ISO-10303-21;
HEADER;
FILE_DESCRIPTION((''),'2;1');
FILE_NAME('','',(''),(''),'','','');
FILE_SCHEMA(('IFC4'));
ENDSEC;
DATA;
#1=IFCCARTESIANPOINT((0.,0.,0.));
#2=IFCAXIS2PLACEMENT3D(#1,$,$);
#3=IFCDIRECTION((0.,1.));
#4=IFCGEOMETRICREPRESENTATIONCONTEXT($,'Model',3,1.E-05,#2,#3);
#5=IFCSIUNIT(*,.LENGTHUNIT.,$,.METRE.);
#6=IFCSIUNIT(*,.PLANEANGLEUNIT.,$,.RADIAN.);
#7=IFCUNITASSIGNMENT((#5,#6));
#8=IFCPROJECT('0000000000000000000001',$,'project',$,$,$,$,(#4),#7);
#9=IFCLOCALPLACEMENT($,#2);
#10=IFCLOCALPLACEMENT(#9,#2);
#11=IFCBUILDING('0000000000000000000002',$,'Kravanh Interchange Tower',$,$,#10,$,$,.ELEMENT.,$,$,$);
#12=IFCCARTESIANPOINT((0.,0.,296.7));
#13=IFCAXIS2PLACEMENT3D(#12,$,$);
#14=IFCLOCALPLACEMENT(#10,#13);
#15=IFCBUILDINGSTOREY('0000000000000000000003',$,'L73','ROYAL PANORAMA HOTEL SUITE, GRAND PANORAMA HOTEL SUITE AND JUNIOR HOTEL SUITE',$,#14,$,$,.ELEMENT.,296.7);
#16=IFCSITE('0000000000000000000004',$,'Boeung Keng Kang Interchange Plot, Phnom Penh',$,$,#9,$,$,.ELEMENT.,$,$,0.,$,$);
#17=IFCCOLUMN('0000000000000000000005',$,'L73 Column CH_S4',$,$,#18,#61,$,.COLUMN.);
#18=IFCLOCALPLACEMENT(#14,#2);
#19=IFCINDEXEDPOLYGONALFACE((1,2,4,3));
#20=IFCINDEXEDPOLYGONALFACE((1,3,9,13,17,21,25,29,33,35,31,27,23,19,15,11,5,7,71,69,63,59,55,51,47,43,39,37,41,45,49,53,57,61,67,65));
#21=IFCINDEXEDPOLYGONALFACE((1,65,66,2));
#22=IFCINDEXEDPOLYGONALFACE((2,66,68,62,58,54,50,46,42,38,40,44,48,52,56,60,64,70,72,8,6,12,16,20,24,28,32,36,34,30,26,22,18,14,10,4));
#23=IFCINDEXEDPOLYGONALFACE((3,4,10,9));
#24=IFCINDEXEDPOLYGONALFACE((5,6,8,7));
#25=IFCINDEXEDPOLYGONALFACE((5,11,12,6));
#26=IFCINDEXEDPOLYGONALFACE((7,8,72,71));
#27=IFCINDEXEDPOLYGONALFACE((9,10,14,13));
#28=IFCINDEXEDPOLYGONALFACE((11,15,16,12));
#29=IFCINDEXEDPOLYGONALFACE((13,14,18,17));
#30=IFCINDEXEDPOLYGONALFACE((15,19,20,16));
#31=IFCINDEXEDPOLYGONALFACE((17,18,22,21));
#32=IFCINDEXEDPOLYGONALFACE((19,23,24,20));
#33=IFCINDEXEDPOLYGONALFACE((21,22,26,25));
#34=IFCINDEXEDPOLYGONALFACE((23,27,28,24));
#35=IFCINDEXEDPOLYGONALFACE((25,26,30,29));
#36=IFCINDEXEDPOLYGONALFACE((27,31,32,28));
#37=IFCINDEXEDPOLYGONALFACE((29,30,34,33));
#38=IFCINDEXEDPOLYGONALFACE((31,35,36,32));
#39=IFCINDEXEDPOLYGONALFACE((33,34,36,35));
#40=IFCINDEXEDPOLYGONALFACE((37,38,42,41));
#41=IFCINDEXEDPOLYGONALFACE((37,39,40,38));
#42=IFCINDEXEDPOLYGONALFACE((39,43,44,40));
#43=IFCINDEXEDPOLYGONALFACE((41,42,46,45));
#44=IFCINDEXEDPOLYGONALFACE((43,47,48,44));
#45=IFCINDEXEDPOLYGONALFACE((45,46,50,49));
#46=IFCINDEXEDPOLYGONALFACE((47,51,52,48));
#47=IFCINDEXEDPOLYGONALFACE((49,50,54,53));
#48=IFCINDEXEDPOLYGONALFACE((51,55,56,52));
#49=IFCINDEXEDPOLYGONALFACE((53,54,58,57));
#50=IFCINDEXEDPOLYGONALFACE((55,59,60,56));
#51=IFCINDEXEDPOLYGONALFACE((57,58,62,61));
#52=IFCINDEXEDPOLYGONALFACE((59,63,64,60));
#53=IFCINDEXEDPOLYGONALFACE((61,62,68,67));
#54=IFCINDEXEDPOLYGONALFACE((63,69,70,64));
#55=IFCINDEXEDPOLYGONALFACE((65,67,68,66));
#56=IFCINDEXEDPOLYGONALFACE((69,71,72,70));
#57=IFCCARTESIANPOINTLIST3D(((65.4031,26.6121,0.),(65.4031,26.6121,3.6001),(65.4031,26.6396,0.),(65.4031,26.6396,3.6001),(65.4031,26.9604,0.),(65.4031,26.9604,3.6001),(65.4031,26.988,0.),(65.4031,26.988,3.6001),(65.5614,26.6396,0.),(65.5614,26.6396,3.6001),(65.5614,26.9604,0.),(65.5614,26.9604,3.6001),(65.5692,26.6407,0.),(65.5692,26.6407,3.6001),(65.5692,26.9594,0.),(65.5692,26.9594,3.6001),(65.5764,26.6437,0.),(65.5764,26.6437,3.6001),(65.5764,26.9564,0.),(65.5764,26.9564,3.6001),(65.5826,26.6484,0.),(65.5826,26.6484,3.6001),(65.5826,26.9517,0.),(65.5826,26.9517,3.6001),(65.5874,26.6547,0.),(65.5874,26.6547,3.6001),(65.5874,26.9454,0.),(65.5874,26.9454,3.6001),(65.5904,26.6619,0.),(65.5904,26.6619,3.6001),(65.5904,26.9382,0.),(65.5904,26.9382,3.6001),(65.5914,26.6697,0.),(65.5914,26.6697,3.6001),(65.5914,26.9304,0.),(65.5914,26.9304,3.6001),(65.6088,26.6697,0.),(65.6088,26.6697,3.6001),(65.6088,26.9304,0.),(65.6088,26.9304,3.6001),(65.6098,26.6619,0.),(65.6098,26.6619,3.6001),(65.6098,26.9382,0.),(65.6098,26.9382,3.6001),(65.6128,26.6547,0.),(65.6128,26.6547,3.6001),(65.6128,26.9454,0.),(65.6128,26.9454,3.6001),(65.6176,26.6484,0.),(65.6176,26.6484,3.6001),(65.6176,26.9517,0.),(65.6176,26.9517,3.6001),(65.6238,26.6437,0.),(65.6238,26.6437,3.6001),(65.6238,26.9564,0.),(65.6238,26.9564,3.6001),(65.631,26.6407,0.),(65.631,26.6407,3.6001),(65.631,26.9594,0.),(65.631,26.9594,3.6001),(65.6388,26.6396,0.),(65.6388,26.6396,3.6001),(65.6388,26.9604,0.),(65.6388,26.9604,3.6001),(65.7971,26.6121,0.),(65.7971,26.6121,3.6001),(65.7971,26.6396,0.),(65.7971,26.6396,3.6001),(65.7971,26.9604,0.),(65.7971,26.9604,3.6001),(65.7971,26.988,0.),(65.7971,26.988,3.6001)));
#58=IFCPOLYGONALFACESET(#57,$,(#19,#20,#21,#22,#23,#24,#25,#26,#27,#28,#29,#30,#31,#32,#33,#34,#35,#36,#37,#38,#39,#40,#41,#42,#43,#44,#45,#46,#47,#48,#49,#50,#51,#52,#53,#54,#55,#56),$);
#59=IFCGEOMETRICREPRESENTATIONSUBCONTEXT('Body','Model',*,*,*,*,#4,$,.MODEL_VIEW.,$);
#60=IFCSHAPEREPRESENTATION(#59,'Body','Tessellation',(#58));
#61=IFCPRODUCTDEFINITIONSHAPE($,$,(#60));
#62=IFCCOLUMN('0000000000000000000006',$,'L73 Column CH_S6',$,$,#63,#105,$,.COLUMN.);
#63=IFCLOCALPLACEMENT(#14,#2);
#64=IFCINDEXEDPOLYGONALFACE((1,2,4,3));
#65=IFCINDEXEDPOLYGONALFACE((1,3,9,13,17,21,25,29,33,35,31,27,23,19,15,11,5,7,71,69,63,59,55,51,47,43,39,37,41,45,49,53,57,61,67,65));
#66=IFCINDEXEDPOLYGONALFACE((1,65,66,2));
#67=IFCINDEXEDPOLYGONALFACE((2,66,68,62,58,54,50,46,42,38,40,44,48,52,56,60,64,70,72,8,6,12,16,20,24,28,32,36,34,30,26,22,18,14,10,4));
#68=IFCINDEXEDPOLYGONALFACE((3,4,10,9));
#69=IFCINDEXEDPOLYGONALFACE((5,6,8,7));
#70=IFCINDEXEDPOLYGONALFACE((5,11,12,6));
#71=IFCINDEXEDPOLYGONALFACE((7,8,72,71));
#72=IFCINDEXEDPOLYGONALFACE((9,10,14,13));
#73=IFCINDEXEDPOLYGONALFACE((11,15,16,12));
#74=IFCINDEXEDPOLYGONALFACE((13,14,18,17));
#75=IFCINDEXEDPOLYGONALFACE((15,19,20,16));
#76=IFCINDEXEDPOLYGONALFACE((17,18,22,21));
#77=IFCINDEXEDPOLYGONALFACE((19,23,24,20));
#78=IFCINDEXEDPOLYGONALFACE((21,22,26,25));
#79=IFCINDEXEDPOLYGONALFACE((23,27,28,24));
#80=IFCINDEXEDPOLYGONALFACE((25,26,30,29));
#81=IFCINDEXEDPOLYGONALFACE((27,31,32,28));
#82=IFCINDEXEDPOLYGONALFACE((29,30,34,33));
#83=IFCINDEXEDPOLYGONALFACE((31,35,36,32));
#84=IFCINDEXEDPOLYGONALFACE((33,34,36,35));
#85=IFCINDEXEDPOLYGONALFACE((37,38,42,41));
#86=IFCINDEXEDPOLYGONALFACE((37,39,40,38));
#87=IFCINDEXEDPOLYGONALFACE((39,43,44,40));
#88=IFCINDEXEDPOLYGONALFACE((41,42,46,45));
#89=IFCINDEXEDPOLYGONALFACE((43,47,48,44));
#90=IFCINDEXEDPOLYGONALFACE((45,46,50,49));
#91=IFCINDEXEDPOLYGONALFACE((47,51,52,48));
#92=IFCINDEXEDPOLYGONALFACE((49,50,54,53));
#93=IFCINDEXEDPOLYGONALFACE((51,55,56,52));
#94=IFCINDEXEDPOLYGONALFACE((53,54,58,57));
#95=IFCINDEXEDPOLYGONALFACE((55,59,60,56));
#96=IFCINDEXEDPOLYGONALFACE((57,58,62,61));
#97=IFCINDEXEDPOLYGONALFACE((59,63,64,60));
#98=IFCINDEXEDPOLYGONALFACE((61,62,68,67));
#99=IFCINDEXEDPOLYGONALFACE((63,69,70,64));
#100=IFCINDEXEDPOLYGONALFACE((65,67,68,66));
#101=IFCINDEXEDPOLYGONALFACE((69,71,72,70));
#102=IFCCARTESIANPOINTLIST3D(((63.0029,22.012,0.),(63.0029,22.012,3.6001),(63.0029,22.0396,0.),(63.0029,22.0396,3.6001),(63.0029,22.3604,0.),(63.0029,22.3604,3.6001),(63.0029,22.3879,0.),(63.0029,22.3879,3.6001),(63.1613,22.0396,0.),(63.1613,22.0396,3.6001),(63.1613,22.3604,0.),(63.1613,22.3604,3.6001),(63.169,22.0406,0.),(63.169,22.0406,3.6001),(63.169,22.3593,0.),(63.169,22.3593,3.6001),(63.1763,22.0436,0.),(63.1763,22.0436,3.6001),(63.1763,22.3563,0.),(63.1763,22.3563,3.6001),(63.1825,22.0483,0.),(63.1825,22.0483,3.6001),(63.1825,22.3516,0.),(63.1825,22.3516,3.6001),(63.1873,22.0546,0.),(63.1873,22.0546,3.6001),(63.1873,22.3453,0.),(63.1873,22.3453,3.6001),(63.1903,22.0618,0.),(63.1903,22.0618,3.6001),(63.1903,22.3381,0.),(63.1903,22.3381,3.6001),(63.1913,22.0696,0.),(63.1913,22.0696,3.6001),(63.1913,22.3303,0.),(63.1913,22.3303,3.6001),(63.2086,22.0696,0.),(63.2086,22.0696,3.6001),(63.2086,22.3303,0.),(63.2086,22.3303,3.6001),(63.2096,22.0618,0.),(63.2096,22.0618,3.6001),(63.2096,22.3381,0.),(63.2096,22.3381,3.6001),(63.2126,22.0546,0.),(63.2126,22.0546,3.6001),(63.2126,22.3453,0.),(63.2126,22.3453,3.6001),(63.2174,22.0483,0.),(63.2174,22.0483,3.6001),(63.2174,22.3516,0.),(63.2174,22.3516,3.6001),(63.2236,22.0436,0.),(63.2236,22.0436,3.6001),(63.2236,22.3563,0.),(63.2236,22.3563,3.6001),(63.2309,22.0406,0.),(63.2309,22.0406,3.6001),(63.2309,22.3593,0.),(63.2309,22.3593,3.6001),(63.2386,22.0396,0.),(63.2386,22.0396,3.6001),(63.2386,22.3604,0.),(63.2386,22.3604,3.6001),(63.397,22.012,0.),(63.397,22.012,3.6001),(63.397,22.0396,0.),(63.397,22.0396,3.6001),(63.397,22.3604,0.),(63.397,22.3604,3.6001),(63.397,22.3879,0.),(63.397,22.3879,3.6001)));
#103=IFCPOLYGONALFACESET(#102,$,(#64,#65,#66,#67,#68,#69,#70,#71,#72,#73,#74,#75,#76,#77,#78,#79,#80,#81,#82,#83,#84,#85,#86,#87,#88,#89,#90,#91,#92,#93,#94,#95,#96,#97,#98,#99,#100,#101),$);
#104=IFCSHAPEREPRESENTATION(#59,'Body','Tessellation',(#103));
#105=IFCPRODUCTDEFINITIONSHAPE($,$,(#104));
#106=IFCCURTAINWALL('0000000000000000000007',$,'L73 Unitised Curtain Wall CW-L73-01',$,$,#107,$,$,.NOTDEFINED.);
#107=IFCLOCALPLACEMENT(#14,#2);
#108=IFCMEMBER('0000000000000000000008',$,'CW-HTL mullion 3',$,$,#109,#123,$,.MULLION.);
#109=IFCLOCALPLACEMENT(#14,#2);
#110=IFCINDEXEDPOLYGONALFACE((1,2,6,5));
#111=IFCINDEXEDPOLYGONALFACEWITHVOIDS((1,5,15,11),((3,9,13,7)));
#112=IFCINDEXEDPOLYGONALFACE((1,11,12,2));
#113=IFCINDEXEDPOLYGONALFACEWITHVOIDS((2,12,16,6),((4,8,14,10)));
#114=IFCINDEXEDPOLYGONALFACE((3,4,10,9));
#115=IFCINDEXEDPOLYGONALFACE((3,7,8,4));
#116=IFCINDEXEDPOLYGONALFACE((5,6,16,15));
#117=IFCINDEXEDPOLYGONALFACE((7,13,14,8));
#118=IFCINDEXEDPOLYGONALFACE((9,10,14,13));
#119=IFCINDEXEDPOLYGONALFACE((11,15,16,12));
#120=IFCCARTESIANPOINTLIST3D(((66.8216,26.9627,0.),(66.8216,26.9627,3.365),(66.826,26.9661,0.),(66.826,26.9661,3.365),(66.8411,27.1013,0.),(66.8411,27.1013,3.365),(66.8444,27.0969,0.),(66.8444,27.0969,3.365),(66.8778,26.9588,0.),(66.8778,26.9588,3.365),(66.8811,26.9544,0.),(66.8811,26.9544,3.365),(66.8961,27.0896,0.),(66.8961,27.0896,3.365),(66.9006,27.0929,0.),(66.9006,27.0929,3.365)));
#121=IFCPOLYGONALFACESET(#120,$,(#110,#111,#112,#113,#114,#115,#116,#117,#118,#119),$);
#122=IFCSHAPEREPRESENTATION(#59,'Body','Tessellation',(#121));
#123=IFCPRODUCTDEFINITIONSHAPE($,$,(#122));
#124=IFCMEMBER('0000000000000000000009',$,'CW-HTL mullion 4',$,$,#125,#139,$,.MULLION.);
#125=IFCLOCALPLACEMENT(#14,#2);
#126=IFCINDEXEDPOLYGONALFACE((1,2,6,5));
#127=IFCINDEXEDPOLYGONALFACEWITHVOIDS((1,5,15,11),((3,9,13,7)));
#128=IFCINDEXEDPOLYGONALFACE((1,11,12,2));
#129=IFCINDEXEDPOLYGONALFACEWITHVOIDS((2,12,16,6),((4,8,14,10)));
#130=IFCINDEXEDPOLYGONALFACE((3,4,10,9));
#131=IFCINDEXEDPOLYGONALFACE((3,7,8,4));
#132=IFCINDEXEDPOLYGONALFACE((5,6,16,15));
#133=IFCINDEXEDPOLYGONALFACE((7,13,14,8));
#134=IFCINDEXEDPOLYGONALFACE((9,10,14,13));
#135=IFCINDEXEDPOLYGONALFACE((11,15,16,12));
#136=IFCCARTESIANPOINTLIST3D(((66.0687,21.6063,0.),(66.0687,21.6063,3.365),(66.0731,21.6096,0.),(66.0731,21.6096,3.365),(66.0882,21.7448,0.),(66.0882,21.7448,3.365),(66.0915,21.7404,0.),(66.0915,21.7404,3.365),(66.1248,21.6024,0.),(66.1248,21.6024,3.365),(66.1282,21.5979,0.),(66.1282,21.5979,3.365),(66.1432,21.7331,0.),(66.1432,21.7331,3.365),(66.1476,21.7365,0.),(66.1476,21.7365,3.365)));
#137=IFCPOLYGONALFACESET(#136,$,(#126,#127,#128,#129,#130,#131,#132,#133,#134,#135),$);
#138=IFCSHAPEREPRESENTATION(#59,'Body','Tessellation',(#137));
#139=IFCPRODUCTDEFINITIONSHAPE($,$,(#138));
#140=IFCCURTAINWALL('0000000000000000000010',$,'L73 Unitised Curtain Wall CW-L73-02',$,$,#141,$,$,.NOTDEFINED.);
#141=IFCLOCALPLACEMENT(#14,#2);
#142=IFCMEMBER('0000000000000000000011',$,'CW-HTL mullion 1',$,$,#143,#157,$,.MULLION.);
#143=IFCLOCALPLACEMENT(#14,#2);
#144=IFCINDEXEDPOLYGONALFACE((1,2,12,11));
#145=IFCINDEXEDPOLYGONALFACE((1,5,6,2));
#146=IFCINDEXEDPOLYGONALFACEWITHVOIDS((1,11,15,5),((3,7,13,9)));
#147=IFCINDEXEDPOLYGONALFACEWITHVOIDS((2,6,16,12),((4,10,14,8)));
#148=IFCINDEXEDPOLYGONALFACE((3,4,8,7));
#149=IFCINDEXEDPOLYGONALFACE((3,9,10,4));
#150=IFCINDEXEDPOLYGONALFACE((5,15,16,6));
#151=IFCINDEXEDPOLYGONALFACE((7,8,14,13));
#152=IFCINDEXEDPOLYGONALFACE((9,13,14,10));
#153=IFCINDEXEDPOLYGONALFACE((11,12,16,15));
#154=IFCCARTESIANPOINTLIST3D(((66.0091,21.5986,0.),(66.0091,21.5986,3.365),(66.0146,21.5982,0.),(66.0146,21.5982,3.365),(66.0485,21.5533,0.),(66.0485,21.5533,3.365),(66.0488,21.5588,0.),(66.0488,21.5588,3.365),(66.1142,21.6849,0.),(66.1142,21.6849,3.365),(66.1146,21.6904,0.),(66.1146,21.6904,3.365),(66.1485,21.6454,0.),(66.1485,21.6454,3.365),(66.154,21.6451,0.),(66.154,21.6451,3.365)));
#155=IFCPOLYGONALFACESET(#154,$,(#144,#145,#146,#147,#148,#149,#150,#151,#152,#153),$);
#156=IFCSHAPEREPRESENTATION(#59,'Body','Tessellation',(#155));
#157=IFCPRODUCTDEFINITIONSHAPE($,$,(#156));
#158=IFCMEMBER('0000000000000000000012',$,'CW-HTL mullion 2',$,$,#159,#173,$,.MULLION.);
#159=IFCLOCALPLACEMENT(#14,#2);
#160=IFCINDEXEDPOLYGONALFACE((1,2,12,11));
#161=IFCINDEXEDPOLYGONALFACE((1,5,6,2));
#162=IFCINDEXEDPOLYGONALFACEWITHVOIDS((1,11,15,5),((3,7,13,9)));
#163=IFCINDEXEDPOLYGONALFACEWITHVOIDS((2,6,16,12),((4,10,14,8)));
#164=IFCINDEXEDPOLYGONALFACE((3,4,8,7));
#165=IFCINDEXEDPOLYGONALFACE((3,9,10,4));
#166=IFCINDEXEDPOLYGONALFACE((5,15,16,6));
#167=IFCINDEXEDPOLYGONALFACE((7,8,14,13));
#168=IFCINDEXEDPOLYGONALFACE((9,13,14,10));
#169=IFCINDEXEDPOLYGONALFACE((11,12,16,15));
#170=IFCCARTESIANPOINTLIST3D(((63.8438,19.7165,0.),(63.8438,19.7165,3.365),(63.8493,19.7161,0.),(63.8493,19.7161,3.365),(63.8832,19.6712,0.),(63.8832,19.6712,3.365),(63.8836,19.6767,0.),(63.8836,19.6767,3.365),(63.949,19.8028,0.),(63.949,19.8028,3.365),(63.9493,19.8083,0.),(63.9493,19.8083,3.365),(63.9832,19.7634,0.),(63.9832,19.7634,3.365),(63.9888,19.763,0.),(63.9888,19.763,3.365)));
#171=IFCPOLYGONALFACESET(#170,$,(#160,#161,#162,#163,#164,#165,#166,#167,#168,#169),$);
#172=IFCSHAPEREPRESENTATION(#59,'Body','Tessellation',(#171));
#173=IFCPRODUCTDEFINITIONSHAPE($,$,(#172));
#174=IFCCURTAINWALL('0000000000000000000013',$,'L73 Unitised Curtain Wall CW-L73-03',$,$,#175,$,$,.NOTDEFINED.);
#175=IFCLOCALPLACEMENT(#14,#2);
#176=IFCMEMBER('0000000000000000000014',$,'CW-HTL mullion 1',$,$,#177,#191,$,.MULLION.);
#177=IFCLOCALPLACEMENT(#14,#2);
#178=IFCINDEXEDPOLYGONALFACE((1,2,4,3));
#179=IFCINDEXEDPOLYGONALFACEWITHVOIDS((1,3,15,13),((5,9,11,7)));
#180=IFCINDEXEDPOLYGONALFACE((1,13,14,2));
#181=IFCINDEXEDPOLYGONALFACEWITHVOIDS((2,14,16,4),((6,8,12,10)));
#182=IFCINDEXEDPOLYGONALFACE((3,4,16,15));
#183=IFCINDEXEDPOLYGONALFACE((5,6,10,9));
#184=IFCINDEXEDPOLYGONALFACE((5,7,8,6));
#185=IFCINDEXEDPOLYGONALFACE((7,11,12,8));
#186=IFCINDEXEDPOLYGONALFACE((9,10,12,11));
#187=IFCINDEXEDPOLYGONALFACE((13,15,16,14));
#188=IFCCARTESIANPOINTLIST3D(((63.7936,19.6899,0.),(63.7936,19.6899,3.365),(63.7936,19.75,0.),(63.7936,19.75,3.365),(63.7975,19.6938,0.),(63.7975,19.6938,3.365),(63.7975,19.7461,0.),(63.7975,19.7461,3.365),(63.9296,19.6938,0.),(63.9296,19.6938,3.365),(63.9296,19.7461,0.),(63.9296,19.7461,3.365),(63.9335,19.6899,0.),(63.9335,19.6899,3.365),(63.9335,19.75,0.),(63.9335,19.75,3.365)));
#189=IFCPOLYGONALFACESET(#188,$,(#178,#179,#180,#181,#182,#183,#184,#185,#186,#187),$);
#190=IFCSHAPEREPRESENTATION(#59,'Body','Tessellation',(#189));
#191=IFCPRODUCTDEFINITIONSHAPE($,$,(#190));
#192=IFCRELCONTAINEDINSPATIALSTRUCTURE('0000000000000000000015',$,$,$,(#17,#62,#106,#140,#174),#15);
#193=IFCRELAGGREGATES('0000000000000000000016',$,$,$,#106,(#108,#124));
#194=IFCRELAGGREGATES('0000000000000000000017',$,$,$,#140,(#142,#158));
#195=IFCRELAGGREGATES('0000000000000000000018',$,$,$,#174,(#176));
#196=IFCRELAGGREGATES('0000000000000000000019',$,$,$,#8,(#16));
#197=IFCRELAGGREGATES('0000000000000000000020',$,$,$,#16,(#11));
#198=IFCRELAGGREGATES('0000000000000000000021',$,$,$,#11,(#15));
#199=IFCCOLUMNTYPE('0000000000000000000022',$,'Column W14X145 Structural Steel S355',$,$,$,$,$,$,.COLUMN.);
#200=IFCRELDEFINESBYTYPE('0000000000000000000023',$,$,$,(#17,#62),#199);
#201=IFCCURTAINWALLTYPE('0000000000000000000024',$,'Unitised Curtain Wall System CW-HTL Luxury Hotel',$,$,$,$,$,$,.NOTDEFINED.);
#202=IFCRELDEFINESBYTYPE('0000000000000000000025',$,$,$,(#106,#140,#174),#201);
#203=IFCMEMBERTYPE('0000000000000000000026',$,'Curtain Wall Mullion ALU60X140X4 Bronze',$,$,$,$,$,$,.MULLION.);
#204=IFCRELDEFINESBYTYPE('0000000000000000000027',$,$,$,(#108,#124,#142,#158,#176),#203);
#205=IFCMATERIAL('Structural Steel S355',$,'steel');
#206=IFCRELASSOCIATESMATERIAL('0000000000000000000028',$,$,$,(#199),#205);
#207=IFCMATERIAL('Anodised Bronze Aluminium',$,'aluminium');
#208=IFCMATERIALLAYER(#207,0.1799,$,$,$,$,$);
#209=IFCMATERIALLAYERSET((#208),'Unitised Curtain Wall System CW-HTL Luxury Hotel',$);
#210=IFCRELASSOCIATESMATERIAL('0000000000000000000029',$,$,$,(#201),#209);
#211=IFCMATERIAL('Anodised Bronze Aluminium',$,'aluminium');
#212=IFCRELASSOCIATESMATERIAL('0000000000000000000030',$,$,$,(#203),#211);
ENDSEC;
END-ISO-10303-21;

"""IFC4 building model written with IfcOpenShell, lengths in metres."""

from ifc_helpers import new_model, si_unit, direction, frame, origin, origin_2d, place, context, subcontext, project, spatial, hollow_rectangle, i_section, extrude, material, layer, layer_set, material_profile, profile_set, type_object, element, aggregate, save


model = new_model("IFC4")

# Units and contexts
model_context = context("Model", 3, precision=1e-05, world=origin(), true_north=direction((0.0, 1.0)))
body_context = subcontext(model_context, "Body", "Model", "MODEL_VIEW")
ifc_project = project(units=[si_unit("LENGTHUNIT", "METRE"), si_unit("PLANEANGLEUNIT", "RADIAN")], contexts=[model_context])

# Site, building, storey
site_placement = place(None, origin())
site = spatial("IfcSite", under=ifc_project, at=site_placement, Name="Boeung Keng Kang Interchange Plot, Phnom Penh", CompositionType="ELEMENT", RefElevation=0.0)
building_placement = place(site_placement, origin())
building = spatial("IfcBuilding", under=site, at=building_placement, Name="Kravanh Interchange Tower", CompositionType="ELEMENT")
storey_placement = place(building_placement, frame((0.0, 0.0, 296.7)))
storey = spatial("IfcBuildingStorey", under=building, at=storey_placement, Name="L73", Description="ROYAL PANORAMA HOTEL SUITE, GRAND PANORAMA HOTEL SUITE AND JUNIOR HOTEL SUITE", CompositionType="ELEMENT", Elevation=296.7)

# Columns
ifc_material_1 = material(Name="Structural Steel S355", Category="steel")
ifc_material_profile_1 = material_profile(ifc_material_1, i_section(OverallWidth=0.394, OverallDepth=0.376, WebThickness=0.0173, FlangeThickness=0.0276, FilletRadius=0.03, at=origin_2d()), Name="W14X145")
ifc_profile_set_1 = profile_set([ifc_material_profile_1], Name="Structural Steel S355")
column_type = type_object("IfcColumnType", Name="Column W14X145 Structural Steel S355", PredefinedType="COLUMN", material=ifc_profile_set_1)
for number, where, z_axis, x_axis, name in (
    (1, (65.6001, 26.8, 0.0), (0.0, 0.0, 1.0), (1.0, 0.0, 0.0), "L73 Column CH_S4"),
    (2, (63.2, 22.2, 0.0), (0.0, 0.0, 1.0), (1.0, 0.0, 0.0), "L73 Column CH_S6"),
):
    element("IfcColumn", number, at=place(storey_placement, frame(where, z_axis=z_axis, x_axis=x_axis)), inside=storey, type_object=column_type, Name=name, PredefinedType="COLUMN", context=body_context, shape_type="SweptSolid", body=[
        extrude(i_section(OverallWidth=0.394, OverallDepth=0.376, WebThickness=0.0173, FlangeThickness=0.0276, FilletRadius=0.03, at=origin_2d()), origin(), (0.0, 0.0, 1.0), 3.6001),
    ])

# Curtain walls, members
ifc_material_2 = material(Name="Anodised Bronze Aluminium", Category="aluminium")
ifc_layer_1 = layer(ifc_material_2, 0.1799)
ifc_layer_set_1 = layer_set([ifc_layer_1], Name="Unitised Curtain Wall System CW-HTL Luxury Hotel")
curtain_wall_type = type_object("IfcCurtainWallType", Name="Unitised Curtain Wall System CW-HTL Luxury Hotel", PredefinedType="NOTDEFINED", material=ifc_layer_set_1)
curtain_wall_1_placement = place(storey_placement, origin())
curtain_wall_1 = element("IfcCurtainWall", 3, at=curtain_wall_1_placement, inside=storey, type_object=curtain_wall_type, Name="L73 Unitised Curtain Wall CW-L73-01", PredefinedType="NOTDEFINED")
ifc_material_3 = material(Name="Anodised Bronze Aluminium", Category="aluminium")
ifc_material_profile_2 = material_profile(ifc_material_3, hollow_rectangle(XDim=0.0601, YDim=0.1399, WallThickness=0.0039, at=origin_2d()), Name="ALU60X140X4")
ifc_profile_set_2 = profile_set([ifc_material_profile_2], Name="Anodised Bronze Aluminium")
member_type_1 = type_object("IfcMemberType", Name="Curtain Wall Mullion ALU60X140X4 Bronze", PredefinedType="MULLION", material=ifc_profile_set_2)
member_1_placement = place(storey_placement, frame((66.8611, 27.0278, 0.0), z_axis=(0.0, 0.0, 1.0), x_axis=(0.990267, -0.139178, 0.0)))
member_1 = element("IfcMember", 4, at=member_1_placement, type_object=member_type_1, Name="CW-HTL mullion 3", PredefinedType="MULLION", context=body_context, shape_type="SweptSolid", body=[
    extrude(hollow_rectangle(XDim=0.0601, YDim=0.1399, WallThickness=0.0039, at=origin_2d()), origin(), (0.0, 0.0, 1.0), 3.365),
])
member_2_placement = place(storey_placement, frame((66.1082, 21.6714, 0.0), z_axis=(0.0, 0.0, 1.0), x_axis=(0.990267, -0.139178, 0.0)))
member_2 = element("IfcMember", 5, at=member_2_placement, type_object=member_type_1, Name="CW-HTL mullion 4", PredefinedType="MULLION", context=body_context, shape_type="SweptSolid", body=[
    extrude(hollow_rectangle(XDim=0.0601, YDim=0.1399, WallThickness=0.0039, at=origin_2d()), origin(), (0.0, 0.0, 1.0), 3.365),
])
curtain_wall_2_placement = place(storey_placement, origin())
curtain_wall_2 = element("IfcCurtainWall", 6, at=curtain_wall_2_placement, inside=storey, type_object=curtain_wall_type, Name="L73 Unitised Curtain Wall CW-L73-02", PredefinedType="NOTDEFINED")
member_3_placement = place(storey_placement, frame((66.0815, 21.6218, 0.0), z_axis=(0.0, 0.0, 1.0), x_axis=(0.65605, -0.754717, 0.0)))
member_3 = element("IfcMember", 7, at=member_3_placement, type_object=member_type_1, Name="CW-HTL mullion 1", PredefinedType="MULLION", context=body_context, shape_type="SweptSolid", body=[
    extrude(hollow_rectangle(XDim=0.0601, YDim=0.1399, WallThickness=0.0039, at=origin_2d()), origin(), (0.0, 0.0, 1.0), 3.365),
])
member_4_placement = place(storey_placement, frame((63.9163, 19.7397, 0.0), z_axis=(0.0, 0.0, 1.0), x_axis=(0.65605, -0.754717, 0.0)))
member_4 = element("IfcMember", 8, at=member_4_placement, type_object=member_type_1, Name="CW-HTL mullion 2", PredefinedType="MULLION", context=body_context, shape_type="SweptSolid", body=[
    extrude(hollow_rectangle(XDim=0.0601, YDim=0.1399, WallThickness=0.0039, at=origin_2d()), origin(), (0.0, 0.0, 1.0), 3.365),
])

# Curtain wall, member
curtain_wall_3_placement = place(storey_placement, origin())
curtain_wall_3 = element("IfcCurtainWall", 9, at=curtain_wall_3_placement, inside=storey, type_object=curtain_wall_type, Name="L73 Unitised Curtain Wall CW-L73-03", PredefinedType="NOTDEFINED")
member_5_placement = place(storey_placement, frame((63.8635, 19.72, 0.0), z_axis=(0.0, 0.0, 1.0), x_axis=(0.0, -1.0, 0.0)))
member_5 = element("IfcMember", 10, at=member_5_placement, type_object=member_type_1, Name="CW-HTL mullion 1", PredefinedType="MULLION", context=body_context, shape_type="SweptSolid", body=[
    extrude(hollow_rectangle(XDim=0.0601, YDim=0.1399, WallThickness=0.0039, at=origin_2d()), origin(), (0.0, 0.0, 1.0), 3.365),
])

aggregate(curtain_wall_1, [member_1, member_2])
aggregate(curtain_wall_2, [member_3, member_4])
aggregate(curtain_wall_3, [member_5])

save(model, "model.ifc")
